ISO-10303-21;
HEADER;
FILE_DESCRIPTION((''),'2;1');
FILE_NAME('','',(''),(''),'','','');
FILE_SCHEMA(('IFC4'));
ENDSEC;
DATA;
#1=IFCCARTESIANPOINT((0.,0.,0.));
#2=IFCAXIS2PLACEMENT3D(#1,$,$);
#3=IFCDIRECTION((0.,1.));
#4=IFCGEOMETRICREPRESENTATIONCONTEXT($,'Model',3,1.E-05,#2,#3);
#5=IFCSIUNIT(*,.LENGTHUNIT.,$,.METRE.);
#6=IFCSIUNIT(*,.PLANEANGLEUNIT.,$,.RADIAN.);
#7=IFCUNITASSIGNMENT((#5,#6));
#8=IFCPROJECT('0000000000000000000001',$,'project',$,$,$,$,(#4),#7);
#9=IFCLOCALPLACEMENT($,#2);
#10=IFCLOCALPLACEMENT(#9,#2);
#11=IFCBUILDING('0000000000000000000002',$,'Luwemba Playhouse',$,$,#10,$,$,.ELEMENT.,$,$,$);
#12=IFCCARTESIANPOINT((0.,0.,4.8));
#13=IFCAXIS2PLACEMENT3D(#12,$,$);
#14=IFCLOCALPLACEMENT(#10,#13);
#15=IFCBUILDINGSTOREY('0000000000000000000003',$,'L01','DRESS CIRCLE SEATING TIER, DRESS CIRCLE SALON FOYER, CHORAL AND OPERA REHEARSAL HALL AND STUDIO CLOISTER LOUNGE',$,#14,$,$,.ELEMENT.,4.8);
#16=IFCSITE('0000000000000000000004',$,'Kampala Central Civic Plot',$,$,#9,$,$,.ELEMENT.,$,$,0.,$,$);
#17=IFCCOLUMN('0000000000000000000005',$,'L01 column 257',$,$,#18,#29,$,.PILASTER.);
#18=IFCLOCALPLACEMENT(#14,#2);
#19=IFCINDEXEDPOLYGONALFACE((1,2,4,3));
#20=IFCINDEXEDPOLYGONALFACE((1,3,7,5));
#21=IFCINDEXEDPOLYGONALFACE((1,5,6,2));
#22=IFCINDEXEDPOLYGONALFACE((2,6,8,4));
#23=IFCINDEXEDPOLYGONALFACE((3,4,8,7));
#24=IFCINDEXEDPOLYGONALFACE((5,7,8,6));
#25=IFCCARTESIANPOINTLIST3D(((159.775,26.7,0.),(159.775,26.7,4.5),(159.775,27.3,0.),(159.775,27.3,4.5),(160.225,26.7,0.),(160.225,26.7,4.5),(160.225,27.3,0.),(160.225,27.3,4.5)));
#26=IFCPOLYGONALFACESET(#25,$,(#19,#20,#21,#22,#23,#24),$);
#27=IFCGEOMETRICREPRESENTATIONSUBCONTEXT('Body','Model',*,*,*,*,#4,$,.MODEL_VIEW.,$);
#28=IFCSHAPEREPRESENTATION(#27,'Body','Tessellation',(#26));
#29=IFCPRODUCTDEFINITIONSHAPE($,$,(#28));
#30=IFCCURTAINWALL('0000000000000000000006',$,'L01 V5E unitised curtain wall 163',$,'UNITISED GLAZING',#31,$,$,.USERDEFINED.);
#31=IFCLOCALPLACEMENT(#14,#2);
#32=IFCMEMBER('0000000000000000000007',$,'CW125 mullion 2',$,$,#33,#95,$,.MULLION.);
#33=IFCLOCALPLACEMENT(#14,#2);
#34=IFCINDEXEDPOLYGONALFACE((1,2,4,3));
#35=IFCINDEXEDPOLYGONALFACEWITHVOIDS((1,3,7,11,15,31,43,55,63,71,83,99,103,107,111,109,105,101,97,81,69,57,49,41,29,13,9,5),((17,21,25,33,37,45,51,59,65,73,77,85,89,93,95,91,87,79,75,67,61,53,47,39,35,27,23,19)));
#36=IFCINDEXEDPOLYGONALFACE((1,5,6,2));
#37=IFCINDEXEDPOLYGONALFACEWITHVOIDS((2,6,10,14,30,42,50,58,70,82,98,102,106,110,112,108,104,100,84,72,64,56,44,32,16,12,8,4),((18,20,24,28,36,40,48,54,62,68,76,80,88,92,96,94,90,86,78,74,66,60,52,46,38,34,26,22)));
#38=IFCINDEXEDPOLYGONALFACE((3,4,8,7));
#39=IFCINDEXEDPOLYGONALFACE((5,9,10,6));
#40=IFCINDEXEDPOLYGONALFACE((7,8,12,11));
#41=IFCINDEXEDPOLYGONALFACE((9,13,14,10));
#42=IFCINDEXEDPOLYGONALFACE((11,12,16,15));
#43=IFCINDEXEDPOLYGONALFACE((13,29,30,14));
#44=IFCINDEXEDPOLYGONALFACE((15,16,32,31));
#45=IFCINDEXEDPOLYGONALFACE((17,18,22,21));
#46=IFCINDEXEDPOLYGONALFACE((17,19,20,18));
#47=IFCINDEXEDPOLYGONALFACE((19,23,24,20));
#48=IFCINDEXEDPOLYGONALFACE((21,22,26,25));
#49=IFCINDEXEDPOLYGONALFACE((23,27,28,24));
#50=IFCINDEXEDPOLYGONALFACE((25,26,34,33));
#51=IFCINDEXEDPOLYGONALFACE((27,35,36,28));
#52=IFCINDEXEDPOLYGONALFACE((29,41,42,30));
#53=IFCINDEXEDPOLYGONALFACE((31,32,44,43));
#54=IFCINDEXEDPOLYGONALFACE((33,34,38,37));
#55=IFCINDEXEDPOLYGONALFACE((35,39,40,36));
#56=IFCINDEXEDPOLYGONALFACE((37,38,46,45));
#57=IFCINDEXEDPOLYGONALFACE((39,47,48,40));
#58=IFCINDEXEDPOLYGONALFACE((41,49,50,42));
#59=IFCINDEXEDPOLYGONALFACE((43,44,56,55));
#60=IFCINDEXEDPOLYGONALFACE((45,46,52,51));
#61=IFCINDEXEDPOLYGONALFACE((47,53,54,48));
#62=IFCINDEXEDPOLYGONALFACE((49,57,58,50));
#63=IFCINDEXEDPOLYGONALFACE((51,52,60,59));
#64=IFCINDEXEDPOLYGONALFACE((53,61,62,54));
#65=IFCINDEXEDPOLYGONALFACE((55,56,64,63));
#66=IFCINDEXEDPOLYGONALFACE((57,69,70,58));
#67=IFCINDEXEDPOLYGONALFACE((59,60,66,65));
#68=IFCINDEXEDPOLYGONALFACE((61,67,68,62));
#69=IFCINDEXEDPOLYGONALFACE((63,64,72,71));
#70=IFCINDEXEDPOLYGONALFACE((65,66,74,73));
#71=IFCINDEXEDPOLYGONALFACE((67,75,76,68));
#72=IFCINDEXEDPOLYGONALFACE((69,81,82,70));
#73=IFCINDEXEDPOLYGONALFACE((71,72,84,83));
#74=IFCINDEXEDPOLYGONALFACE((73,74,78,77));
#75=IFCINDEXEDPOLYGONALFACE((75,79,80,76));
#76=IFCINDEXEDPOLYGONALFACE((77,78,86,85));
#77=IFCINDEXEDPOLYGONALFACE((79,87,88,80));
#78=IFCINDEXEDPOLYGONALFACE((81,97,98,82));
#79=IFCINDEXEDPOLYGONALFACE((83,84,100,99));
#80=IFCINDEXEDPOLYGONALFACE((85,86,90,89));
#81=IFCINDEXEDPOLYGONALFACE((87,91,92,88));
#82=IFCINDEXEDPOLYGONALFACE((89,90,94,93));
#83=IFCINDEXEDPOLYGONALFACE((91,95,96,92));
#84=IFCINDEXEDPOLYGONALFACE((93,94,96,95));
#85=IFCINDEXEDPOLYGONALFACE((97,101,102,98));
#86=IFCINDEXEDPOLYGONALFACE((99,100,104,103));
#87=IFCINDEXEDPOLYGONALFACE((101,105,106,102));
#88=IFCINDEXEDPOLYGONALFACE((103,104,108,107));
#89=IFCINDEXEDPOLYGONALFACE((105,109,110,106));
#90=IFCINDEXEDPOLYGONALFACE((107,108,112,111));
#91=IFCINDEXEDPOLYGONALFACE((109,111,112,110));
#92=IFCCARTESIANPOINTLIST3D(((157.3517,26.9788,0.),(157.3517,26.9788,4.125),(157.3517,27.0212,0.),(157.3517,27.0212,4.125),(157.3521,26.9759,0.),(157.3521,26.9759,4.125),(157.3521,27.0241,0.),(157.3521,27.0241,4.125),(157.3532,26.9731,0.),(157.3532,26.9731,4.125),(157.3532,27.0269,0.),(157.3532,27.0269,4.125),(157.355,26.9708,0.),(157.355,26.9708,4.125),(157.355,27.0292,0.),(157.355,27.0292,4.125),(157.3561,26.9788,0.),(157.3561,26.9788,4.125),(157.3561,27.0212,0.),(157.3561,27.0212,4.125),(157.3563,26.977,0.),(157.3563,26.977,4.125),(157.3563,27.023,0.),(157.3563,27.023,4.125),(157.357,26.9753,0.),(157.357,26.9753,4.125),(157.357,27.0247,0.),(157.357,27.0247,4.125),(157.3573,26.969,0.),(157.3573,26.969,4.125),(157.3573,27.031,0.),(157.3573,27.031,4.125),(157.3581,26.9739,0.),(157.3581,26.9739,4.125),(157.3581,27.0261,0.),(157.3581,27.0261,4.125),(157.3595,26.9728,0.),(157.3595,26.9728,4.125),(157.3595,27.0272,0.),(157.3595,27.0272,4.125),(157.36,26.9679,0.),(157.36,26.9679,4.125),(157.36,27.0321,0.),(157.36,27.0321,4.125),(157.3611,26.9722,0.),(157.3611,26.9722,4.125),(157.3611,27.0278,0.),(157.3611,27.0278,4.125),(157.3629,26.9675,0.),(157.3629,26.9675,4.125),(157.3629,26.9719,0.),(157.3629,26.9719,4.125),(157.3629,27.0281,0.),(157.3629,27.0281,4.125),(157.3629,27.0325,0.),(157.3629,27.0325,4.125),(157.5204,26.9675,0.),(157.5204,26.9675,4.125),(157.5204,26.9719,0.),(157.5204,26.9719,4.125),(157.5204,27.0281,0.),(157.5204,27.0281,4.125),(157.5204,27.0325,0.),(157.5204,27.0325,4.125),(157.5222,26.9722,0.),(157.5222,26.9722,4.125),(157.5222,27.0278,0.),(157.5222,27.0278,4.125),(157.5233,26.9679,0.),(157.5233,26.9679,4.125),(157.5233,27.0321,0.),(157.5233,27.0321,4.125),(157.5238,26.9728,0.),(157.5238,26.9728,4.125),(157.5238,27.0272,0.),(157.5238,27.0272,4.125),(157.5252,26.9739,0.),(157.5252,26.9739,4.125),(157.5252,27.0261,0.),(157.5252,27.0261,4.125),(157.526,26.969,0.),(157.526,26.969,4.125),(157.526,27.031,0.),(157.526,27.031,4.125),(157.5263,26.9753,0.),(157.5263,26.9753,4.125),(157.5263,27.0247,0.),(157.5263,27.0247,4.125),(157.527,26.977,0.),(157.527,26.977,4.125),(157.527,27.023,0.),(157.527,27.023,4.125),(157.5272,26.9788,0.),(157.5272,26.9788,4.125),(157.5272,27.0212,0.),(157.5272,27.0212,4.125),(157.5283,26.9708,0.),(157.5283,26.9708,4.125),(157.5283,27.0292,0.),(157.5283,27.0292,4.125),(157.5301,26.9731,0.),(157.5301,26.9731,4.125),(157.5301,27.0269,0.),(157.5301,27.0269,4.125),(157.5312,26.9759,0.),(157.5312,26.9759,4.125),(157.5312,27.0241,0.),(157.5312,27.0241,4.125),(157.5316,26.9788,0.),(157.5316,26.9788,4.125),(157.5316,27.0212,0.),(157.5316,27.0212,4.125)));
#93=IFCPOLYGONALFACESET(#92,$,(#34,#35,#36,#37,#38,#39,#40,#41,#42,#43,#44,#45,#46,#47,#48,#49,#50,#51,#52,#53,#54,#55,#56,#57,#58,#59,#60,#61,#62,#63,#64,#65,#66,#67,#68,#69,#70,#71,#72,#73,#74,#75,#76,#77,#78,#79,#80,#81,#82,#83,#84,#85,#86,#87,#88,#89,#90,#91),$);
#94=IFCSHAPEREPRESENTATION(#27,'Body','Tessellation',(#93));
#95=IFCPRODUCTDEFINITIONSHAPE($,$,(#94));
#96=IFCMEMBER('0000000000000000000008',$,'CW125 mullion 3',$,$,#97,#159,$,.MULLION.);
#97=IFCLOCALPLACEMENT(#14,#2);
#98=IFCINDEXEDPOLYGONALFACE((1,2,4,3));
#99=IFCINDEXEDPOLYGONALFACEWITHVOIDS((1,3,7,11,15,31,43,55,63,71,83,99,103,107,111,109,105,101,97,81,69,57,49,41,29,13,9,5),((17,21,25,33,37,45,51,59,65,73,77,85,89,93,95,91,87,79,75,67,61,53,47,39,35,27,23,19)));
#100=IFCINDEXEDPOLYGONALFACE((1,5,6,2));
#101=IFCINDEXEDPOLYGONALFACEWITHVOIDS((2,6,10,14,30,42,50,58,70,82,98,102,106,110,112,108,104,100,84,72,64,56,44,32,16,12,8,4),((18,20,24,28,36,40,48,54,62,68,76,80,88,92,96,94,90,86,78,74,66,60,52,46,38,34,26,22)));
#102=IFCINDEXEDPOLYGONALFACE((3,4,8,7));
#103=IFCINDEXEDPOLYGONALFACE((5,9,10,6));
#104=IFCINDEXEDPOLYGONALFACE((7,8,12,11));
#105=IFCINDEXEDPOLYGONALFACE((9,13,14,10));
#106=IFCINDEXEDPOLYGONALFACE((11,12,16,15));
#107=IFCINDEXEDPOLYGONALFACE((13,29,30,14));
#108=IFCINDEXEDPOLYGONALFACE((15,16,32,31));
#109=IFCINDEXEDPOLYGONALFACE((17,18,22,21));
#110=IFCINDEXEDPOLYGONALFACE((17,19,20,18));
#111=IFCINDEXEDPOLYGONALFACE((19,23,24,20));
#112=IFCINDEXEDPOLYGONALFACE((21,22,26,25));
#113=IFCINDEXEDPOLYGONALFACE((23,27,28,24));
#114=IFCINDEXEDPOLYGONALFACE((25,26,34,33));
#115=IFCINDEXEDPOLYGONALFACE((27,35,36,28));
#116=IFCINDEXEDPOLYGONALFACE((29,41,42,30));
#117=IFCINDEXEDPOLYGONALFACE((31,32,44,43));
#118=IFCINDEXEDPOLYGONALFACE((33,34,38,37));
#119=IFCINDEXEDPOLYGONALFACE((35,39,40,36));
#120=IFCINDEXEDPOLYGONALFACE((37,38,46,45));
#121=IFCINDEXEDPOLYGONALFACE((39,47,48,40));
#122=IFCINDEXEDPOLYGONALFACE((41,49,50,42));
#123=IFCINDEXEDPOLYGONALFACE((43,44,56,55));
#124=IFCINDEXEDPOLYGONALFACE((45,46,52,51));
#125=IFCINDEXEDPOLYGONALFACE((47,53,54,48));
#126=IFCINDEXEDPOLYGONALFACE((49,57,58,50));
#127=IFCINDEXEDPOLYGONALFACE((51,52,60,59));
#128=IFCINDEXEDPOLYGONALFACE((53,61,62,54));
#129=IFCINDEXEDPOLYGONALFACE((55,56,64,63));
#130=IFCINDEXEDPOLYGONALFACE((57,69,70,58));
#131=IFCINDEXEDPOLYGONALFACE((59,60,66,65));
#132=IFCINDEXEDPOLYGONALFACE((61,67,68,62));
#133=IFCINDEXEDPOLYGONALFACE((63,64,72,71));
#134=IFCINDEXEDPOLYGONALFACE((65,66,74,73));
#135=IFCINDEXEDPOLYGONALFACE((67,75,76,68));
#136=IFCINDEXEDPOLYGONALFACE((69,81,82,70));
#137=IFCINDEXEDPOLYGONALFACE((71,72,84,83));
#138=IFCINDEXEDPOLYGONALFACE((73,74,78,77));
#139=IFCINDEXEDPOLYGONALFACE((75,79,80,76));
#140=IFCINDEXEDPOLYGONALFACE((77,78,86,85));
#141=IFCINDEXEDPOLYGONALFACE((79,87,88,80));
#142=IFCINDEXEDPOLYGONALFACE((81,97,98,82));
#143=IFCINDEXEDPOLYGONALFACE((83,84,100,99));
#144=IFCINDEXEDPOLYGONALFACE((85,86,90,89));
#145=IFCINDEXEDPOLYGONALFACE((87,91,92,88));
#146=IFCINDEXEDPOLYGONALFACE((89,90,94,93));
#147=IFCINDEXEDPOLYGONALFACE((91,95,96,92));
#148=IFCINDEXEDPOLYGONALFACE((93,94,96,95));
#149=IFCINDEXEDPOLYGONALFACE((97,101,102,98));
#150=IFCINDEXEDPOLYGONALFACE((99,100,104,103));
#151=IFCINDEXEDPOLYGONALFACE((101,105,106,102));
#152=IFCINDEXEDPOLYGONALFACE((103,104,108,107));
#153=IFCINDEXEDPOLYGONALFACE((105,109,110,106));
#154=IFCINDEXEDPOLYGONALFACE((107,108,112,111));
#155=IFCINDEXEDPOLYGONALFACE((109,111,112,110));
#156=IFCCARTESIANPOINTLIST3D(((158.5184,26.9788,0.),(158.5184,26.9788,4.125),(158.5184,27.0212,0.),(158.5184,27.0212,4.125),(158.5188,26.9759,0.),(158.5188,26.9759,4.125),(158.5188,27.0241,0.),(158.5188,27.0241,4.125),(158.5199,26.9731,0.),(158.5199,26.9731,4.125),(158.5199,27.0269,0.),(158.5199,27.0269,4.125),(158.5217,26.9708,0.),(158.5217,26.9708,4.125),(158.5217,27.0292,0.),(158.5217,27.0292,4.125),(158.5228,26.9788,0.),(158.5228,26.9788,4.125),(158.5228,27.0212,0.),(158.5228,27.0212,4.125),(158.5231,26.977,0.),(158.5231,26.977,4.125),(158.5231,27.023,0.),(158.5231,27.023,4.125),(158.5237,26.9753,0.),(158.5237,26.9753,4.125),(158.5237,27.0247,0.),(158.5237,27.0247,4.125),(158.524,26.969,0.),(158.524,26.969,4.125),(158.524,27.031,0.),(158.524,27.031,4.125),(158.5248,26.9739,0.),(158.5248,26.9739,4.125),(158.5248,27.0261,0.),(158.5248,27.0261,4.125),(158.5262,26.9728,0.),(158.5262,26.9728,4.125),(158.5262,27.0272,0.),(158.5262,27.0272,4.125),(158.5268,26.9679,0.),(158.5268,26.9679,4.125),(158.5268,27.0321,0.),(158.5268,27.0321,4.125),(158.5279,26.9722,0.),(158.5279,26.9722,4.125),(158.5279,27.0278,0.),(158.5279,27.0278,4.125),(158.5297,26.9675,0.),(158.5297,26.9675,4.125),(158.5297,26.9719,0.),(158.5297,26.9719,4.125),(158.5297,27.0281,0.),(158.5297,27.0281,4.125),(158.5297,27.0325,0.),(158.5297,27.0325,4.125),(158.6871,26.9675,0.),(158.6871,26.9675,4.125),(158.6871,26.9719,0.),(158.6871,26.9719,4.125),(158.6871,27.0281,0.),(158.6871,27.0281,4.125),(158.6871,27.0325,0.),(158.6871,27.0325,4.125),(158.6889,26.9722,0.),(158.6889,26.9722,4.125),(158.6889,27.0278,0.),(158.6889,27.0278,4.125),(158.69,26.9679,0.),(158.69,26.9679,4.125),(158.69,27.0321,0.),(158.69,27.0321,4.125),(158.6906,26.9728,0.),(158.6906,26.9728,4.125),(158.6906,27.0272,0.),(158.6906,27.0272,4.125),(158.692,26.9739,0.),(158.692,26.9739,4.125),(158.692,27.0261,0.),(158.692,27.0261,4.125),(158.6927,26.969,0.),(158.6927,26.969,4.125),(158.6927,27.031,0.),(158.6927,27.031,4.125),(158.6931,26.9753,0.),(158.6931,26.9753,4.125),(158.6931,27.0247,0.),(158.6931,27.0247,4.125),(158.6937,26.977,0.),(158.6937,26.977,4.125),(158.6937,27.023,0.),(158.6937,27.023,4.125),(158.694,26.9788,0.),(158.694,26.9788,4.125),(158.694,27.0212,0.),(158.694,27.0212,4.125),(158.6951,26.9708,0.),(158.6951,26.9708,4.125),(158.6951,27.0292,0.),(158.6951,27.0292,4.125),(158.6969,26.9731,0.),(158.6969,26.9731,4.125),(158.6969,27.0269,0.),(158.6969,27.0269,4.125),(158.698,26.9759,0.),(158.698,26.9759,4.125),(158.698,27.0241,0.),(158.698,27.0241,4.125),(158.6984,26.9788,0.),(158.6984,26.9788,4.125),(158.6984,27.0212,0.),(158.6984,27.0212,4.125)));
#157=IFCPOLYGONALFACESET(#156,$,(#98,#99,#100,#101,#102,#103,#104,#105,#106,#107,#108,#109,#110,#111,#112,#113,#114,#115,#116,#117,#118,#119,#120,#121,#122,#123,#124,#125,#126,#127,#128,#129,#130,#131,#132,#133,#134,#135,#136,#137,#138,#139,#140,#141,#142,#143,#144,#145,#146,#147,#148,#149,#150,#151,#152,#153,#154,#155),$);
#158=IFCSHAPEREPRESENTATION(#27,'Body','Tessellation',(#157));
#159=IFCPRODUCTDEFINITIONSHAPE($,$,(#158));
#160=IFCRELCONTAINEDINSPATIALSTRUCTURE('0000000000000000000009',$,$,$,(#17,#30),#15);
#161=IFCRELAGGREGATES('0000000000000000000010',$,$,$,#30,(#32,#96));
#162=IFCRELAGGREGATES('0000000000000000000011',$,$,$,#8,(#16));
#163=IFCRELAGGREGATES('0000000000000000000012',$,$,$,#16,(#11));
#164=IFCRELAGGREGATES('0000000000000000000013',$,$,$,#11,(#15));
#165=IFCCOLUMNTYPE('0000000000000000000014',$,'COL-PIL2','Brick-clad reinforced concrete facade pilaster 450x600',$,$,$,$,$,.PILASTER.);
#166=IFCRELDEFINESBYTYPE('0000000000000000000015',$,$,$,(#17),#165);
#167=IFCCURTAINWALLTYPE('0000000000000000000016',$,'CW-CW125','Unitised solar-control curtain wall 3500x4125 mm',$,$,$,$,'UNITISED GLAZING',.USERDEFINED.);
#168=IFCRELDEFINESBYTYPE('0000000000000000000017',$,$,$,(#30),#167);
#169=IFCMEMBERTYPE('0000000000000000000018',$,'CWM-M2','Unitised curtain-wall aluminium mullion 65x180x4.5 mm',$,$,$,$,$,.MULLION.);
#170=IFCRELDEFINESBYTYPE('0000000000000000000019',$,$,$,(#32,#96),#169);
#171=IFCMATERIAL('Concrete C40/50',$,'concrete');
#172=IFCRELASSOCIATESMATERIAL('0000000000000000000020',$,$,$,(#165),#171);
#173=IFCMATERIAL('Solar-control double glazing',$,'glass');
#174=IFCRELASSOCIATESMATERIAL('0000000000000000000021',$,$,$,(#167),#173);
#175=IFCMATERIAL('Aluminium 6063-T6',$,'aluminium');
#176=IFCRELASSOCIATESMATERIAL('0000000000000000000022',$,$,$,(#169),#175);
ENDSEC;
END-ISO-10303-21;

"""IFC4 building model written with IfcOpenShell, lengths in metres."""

from ifc_helpers import new_model, si_unit, direction, frame, origin, origin_2d, place, context, subcontext, project, spatial, rectangle, hollow_rectangle, extrude, material, material_profile, profile_set, type_object, element, aggregate, save


model = new_model("IFC4")

# Units and contexts
model_context = context("Model", 3, precision=1e-05, world=origin(), true_north=direction((0.0, 1.0)))
body_context = subcontext(model_context, "Body", "Model", "MODEL_VIEW")
ifc_project = project(units=[si_unit("LENGTHUNIT", "METRE"), si_unit("PLANEANGLEUNIT", "RADIAN")], contexts=[model_context])

# Site, building, storey
site_placement = place(None, origin())
site = spatial("IfcSite", under=ifc_project, at=site_placement, Name="Kampala Central Civic Plot", CompositionType="ELEMENT", RefElevation=0.0)
building_placement = place(site_placement, origin())
building = spatial("IfcBuilding", under=site, at=building_placement, Name="Luwemba Playhouse", CompositionType="ELEMENT")
storey_placement = place(building_placement, frame((0.0, 0.0, 4.8)))
storey = spatial("IfcBuildingStorey", under=building, at=storey_placement, Name="L01", Description="DRESS CIRCLE SEATING TIER, DRESS CIRCLE SALON FOYER, CHORAL AND OPERA REHEARSAL HALL AND STUDIO CLOISTER LOUNGE", CompositionType="ELEMENT", Elevation=4.8)

# Column
ifc_material_1 = material(Name="Concrete C40/50", Category="concrete")
ifc_material_profile_1 = material_profile(ifc_material_1, rectangle(XDim=0.45, YDim=0.6001, at=origin_2d()))
ifc_profile_set_1 = profile_set([ifc_material_profile_1], Name="Concrete C40/50")
column_type = type_object("IfcColumnType", Name="COL-PIL2", Description="Brick-clad reinforced concrete facade pilaster 450x600", PredefinedType="PILASTER", material=ifc_profile_set_1)
column_placement = place(storey_placement, frame((160.0, 27.0, 0.0), z_axis=(0.0, 0.0, 1.0), x_axis=(1.0, 0.0, 0.0)))
element("IfcColumn", 1, at=column_placement, inside=storey, type_object=column_type, Name="L01 column 257", PredefinedType="PILASTER", context=body_context, shape_type="SweptSolid", body=[
    extrude(rectangle(XDim=0.45, YDim=0.6001, at=origin_2d()), origin(), (0.0, 0.0, 1.0), 4.5),
])

# Curtain wall, members
ifc_material_2 = material(Name="Solar-control double glazing", Category="glass")
curtain_wall_type_1 = type_object("IfcCurtainWallType", Name="CW-CW125", Description="Unitised solar-control curtain wall 3500x4125 mm", ElementType="UNITISED GLAZING", PredefinedType="USERDEFINED", material=ifc_material_2)
curtain_wall_1_placement = place(storey_placement, origin())
curtain_wall_1 = element("IfcCurtainWall", 2, at=curtain_wall_1_placement, inside=storey, type_object=curtain_wall_type_1, Name="L01 V5E unitised curtain wall 163", ObjectType="UNITISED GLAZING", PredefinedType="USERDEFINED")
ifc_material_3 = material(Name="Aluminium 6063-T6", Category="aluminium")
ifc_material_profile_2 = material_profile(ifc_material_3, hollow_rectangle(XDim=0.0649, YDim=0.1799, WallThickness=0.0044, InnerFilletRadius=0.0068, OuterFilletRadius=0.0112, at=origin_2d()))
ifc_profile_set_2 = profile_set([ifc_material_profile_2], Name="Aluminium 6063-T6")
member_type_1 = type_object("IfcMemberType", Name="CWM-M2", Description="Unitised curtain-wall aluminium mullion 65x180x4.5 mm", PredefinedType="MULLION", material=ifc_profile_set_2)
member_1_placement = place(storey_placement, frame((157.4417, 27.0, 0.0), z_axis=(0.0, 0.0, 1.0), x_axis=(0.0, 1.0, 0.0)))
member_1 = element("IfcMember", 3, at=member_1_placement, type_object=member_type_1, Name="CW125 mullion 2", PredefinedType="MULLION", context=body_context, shape_type="SweptSolid", body=[
    extrude(hollow_rectangle(XDim=0.0649, YDim=0.1799, WallThickness=0.0044, InnerFilletRadius=0.0068, OuterFilletRadius=0.0112, at=origin_2d()), origin(), (0.0, 0.0, 1.0), 4.125),
])
member_2_placement = place(storey_placement, frame((158.6084, 27.0, 0.0), z_axis=(0.0, 0.0, 1.0), x_axis=(0.0, 1.0, 0.0)))
member_2 = element("IfcMember", 4, at=member_2_placement, type_object=member_type_1, Name="CW125 mullion 3", PredefinedType="MULLION", context=body_context, shape_type="SweptSolid", body=[
    extrude(hollow_rectangle(XDim=0.0649, YDim=0.1799, WallThickness=0.0044, InnerFilletRadius=0.0068, OuterFilletRadius=0.0112, at=origin_2d()), origin(), (0.0, 0.0, 1.0), 4.125),
])

aggregate(curtain_wall_1, [member_1, member_2])

save(model, "model.ifc")
